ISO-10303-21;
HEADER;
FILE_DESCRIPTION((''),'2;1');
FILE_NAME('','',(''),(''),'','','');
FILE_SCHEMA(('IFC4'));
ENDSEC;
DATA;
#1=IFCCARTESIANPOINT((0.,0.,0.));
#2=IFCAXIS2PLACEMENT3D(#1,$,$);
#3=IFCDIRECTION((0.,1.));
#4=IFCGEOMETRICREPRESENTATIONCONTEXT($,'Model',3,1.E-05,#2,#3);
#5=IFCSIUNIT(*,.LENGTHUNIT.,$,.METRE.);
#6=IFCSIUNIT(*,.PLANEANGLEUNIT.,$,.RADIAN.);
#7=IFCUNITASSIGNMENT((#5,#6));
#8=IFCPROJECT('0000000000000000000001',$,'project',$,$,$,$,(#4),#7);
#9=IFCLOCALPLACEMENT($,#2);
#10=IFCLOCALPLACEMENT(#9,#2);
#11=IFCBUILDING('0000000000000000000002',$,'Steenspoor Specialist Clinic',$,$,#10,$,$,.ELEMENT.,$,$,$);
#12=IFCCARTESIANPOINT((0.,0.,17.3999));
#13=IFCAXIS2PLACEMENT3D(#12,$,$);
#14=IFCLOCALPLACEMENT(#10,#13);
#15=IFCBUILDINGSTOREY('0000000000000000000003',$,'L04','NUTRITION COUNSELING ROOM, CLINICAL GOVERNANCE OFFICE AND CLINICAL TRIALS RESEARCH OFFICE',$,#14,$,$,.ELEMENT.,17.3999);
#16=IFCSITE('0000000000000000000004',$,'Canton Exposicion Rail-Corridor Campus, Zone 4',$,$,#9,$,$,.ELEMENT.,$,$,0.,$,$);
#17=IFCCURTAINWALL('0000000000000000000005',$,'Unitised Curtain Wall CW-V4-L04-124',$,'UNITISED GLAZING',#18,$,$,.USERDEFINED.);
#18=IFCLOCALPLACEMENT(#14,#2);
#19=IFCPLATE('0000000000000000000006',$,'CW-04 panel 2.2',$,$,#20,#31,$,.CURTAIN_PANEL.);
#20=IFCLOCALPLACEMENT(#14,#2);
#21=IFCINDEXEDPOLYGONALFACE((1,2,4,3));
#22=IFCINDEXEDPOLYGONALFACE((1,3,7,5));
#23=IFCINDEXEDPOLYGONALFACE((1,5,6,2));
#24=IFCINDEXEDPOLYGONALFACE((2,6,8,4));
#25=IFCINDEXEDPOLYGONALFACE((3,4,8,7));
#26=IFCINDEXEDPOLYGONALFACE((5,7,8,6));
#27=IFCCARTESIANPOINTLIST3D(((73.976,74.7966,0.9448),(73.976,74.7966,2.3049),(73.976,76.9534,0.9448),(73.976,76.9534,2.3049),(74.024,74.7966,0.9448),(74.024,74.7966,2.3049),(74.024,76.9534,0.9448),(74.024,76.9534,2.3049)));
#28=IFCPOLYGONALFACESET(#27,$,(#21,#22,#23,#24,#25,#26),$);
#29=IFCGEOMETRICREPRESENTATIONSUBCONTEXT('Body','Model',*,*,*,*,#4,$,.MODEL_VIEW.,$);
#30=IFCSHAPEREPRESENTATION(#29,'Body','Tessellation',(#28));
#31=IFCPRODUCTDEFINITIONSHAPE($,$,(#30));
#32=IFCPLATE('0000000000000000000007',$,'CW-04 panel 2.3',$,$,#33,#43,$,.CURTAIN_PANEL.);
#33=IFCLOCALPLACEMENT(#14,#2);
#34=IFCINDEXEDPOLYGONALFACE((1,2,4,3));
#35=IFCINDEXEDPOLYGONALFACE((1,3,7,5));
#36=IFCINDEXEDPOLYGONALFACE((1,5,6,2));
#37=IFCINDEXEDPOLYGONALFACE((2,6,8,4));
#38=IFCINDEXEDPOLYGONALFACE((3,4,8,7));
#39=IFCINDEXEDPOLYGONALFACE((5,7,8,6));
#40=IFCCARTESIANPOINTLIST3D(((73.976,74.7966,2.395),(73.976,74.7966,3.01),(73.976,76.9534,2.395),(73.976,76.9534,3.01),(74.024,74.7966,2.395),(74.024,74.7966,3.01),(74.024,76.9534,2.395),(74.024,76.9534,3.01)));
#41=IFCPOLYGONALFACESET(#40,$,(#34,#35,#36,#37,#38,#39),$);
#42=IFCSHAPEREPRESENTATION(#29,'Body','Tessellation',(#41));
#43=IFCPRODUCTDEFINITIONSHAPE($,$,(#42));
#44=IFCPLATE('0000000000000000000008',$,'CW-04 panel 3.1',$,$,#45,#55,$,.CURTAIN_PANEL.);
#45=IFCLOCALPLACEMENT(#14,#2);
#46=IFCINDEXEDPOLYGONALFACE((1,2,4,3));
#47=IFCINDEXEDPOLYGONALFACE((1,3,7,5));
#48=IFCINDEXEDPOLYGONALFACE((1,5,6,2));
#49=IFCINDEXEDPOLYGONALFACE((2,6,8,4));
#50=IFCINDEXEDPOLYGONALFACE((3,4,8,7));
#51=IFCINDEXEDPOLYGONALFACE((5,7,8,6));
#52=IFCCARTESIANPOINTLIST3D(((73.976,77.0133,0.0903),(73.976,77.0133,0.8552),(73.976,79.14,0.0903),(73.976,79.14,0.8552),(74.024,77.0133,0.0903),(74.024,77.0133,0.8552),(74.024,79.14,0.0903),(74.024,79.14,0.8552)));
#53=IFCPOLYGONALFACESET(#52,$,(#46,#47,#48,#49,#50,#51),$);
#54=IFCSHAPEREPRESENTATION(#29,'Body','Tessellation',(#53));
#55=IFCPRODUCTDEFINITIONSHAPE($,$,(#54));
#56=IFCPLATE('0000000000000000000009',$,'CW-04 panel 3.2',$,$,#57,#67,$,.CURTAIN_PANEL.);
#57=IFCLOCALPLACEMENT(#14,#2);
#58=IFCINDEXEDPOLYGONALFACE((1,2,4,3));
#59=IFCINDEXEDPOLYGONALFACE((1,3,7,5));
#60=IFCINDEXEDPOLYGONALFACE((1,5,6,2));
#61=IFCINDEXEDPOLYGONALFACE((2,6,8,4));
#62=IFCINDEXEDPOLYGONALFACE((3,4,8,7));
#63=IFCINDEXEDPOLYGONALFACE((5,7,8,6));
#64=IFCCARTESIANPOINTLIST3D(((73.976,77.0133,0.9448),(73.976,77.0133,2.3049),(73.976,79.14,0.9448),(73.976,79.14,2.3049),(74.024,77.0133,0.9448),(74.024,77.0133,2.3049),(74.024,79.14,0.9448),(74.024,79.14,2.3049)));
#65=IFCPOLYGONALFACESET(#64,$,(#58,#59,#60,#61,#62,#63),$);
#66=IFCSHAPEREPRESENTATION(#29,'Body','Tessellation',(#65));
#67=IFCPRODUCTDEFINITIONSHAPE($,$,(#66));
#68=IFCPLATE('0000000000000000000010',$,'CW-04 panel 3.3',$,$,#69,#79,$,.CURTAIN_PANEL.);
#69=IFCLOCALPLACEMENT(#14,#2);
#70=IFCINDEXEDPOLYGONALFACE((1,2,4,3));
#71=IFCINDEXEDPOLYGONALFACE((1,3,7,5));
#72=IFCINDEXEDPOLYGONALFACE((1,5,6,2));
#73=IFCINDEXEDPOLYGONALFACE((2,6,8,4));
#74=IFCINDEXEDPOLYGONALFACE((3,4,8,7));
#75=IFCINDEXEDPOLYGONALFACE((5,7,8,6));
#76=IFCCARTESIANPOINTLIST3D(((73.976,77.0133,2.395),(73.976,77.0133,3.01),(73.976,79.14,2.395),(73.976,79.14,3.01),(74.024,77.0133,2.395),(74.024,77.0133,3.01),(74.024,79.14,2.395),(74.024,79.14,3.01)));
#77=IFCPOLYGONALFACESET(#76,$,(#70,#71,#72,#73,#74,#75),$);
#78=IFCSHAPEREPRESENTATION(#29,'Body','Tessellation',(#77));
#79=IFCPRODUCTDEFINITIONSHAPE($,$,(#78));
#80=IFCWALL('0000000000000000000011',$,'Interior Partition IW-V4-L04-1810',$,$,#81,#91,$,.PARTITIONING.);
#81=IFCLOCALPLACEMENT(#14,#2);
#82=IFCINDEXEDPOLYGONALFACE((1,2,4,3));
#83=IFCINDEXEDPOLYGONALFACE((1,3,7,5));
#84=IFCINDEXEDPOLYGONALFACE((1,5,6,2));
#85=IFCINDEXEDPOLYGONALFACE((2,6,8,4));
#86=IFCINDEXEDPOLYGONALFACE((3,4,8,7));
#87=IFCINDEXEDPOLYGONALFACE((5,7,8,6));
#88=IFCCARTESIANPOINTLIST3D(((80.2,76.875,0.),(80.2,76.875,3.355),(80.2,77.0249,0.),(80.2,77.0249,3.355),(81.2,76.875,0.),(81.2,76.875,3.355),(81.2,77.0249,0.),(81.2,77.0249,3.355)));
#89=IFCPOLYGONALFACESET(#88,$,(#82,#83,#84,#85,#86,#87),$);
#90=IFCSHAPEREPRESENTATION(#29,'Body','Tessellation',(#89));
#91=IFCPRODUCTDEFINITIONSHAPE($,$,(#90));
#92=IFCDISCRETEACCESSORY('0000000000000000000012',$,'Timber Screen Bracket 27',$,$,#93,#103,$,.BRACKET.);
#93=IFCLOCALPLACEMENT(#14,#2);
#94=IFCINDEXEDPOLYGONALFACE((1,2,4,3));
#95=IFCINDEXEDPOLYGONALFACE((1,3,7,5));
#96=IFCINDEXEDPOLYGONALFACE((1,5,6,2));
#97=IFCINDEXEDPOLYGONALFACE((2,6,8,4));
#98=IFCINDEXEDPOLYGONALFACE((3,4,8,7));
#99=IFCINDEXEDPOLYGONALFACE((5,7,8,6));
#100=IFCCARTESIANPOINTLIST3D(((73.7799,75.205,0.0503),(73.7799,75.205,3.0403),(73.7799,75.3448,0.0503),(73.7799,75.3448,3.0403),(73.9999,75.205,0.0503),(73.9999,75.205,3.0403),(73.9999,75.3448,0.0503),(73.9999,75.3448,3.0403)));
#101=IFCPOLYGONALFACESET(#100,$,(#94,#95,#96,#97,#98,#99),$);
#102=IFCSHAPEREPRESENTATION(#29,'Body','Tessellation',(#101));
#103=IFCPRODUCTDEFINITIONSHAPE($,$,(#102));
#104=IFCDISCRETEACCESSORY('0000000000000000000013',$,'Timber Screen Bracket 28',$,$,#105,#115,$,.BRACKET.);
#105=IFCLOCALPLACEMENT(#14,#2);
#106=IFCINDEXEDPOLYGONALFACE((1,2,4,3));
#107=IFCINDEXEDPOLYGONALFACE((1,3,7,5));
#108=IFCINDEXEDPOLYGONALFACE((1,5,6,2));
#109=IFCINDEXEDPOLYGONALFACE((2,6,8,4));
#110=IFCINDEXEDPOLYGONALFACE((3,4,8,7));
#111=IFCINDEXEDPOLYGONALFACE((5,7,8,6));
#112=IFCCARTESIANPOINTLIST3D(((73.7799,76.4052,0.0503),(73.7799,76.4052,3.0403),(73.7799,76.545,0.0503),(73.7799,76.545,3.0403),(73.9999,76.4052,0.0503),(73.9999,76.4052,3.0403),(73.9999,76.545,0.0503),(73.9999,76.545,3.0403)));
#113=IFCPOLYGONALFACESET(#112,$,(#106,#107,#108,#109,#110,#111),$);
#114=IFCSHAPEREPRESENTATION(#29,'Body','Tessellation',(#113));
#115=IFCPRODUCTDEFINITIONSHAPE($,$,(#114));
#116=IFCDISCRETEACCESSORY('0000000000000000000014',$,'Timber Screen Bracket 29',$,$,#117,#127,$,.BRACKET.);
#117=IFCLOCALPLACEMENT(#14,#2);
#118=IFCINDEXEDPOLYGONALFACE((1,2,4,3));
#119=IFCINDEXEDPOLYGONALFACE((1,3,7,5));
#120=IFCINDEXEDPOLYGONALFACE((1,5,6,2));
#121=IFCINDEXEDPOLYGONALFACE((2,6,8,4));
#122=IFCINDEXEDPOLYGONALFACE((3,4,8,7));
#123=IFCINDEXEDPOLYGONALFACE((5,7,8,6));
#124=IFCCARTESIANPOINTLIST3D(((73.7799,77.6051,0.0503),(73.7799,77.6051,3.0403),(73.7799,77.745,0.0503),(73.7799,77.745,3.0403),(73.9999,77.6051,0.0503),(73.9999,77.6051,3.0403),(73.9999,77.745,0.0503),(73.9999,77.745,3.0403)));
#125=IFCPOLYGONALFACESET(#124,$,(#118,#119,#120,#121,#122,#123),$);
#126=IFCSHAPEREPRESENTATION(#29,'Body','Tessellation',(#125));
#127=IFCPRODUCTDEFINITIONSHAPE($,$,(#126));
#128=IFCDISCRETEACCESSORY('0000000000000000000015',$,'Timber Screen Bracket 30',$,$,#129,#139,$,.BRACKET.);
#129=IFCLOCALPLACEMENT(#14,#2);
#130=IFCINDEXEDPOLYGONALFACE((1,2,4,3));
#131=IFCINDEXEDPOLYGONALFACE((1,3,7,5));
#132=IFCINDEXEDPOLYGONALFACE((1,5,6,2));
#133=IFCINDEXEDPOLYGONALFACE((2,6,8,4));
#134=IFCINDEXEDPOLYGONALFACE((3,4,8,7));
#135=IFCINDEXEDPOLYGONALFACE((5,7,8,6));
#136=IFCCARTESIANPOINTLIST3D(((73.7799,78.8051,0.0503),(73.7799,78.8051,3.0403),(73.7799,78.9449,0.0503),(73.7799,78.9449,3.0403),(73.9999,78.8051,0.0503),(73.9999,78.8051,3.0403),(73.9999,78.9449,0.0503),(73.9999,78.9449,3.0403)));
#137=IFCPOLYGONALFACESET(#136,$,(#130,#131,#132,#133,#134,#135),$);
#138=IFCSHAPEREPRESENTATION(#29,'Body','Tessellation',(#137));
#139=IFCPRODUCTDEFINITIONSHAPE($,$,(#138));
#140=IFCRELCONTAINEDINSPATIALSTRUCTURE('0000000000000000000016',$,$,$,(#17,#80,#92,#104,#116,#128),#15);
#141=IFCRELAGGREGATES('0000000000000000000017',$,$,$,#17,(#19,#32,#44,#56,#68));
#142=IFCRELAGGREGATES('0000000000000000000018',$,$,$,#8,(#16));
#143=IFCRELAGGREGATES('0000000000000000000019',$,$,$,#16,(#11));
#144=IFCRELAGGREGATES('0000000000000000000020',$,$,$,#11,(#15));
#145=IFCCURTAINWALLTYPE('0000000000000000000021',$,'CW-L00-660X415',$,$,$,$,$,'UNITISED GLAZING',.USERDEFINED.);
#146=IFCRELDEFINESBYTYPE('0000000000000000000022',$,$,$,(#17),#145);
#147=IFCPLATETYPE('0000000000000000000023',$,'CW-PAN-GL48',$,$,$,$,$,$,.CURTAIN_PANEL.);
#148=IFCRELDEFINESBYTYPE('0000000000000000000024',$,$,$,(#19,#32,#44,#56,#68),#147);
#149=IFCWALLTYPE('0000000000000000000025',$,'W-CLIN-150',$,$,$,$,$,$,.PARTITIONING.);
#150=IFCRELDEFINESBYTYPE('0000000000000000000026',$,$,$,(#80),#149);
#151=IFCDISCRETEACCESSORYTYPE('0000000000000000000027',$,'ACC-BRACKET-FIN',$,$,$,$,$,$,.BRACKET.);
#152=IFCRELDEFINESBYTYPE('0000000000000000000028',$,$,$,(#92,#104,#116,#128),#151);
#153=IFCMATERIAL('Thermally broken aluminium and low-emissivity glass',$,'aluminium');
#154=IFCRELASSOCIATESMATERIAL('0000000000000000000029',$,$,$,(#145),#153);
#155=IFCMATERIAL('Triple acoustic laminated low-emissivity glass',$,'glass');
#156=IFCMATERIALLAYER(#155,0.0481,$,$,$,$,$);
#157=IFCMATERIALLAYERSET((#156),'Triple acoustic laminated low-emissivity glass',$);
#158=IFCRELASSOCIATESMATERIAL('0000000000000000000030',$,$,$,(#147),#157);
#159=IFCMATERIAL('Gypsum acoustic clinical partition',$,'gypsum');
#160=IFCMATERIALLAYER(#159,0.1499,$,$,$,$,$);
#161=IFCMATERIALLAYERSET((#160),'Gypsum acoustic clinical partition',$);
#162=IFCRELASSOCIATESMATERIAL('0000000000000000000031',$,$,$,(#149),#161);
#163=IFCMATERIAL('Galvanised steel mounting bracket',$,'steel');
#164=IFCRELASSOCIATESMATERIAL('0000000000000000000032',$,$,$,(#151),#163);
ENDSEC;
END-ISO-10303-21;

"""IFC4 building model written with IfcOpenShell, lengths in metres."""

from ifc_helpers import new_model, si_unit, direction, frame, frame_2d, origin, origin_2d, place, context, subcontext, project, spatial, rectangle, extrude, material, layer, layer_set, type_object, element, aggregate, save


model = new_model("IFC4")

# Units and contexts
model_context = context("Model", 3, precision=1e-05, world=origin(), true_north=direction((0.0, 1.0)))
body_context = subcontext(model_context, "Body", "Model", "MODEL_VIEW")
ifc_project = project(units=[si_unit("LENGTHUNIT", "METRE"), si_unit("PLANEANGLEUNIT", "RADIAN")], contexts=[model_context])

# Site, building, storey
site_placement = place(None, origin())
site = spatial("IfcSite", under=ifc_project, at=site_placement, Name="Canton Exposicion Rail-Corridor Campus, Zone 4", CompositionType="ELEMENT", RefElevation=0.0)
building_placement = place(site_placement, origin())
building = spatial("IfcBuilding", under=site, at=building_placement, Name="Steenspoor Specialist Clinic", CompositionType="ELEMENT")
storey_placement = place(building_placement, frame((0.0, 0.0, 17.3999)))
storey = spatial("IfcBuildingStorey", under=building, at=storey_placement, Name="L04", Description="NUTRITION COUNSELING ROOM, CLINICAL GOVERNANCE OFFICE AND CLINICAL TRIALS RESEARCH OFFICE", CompositionType="ELEMENT", Elevation=17.3999)

# Curtain wall
ifc_material_1 = material(Name="Thermally broken aluminium and low-emissivity glass", Category="aluminium")
curtain_wall_type = type_object("IfcCurtainWallType", Name="CW-L00-660X415", ElementType="UNITISED GLAZING", PredefinedType="USERDEFINED", material=ifc_material_1)
curtain_wall_placement = place(storey_placement, origin())
curtain_wall = element("IfcCurtainWall", 1, at=curtain_wall_placement, inside=storey, type_object=curtain_wall_type, Name="Unitised Curtain Wall CW-V4-L04-124", ObjectType="UNITISED GLAZING", PredefinedType="USERDEFINED")

# Plates
ifc_material_2 = material(Name="Triple acoustic laminated low-emissivity glass", Category="glass")
ifc_layer_1 = layer(ifc_material_2, 0.0481)
ifc_layer_set_1 = layer_set([ifc_layer_1], Name="Triple acoustic laminated low-emissivity glass")
plate_type = type_object("IfcPlateType", Name="CW-PAN-GL48", PredefinedType="CURTAIN_PANEL", material=ifc_layer_set_1)
plate_1_placement = place(storey_placement, frame((74.0, 75.875, 0.9448), z_axis=(0.0, 0.0, 1.0), x_axis=(0.0, 1.0, 0.0)))
plate_1 = element("IfcPlate", 2, at=plate_1_placement, type_object=plate_type, Name="CW-04 panel 2.2", PredefinedType="CURTAIN_PANEL", context=body_context, shape_type="SweptSolid", body=[
    extrude(rectangle(XDim=2.1567, YDim=0.0481, at=origin_2d()), origin(), (0.0, 0.0, 1.0), 1.3601),
])
plate_2_placement = place(storey_placement, frame((74.0, 75.875, 2.395), z_axis=(0.0, 0.0, 1.0), x_axis=(0.0, 1.0, 0.0)))
plate_2 = element("IfcPlate", 3, at=plate_2_placement, type_object=plate_type, Name="CW-04 panel 2.3", PredefinedType="CURTAIN_PANEL", context=body_context, shape_type="SweptSolid", body=[
    extrude(rectangle(XDim=2.1567, YDim=0.0481, at=origin_2d()), origin(), (0.0, 0.0, 1.0), 0.615),
])
plate_3_placement = place(storey_placement, frame((74.0, 78.0767, 0.0903), z_axis=(0.0, 0.0, 1.0), x_axis=(0.0, 1.0, 0.0)))
plate_3 = element("IfcPlate", 4, at=plate_3_placement, type_object=plate_type, Name="CW-04 panel 3.1", PredefinedType="CURTAIN_PANEL", context=body_context, shape_type="SweptSolid", body=[
    extrude(rectangle(XDim=2.1267, YDim=0.0481, at=origin_2d()), origin(), (0.0, 0.0, 1.0), 0.7649),
])
plate_4_placement = place(storey_placement, frame((74.0, 78.0767, 0.9448), z_axis=(0.0, 0.0, 1.0), x_axis=(0.0, 1.0, 0.0)))
plate_4 = element("IfcPlate", 5, at=plate_4_placement, type_object=plate_type, Name="CW-04 panel 3.2", PredefinedType="CURTAIN_PANEL", context=body_context, shape_type="SweptSolid", body=[
    extrude(rectangle(XDim=2.1267, YDim=0.0481, at=origin_2d()), origin(), (0.0, 0.0, 1.0), 1.3601),
])
plate_5_placement = place(storey_placement, frame((74.0, 78.0767, 2.395), z_axis=(0.0, 0.0, 1.0), x_axis=(0.0, 1.0, 0.0)))
plate_5 = element("IfcPlate", 6, at=plate_5_placement, type_object=plate_type, Name="CW-04 panel 3.3", PredefinedType="CURTAIN_PANEL", context=body_context, shape_type="SweptSolid", body=[
    extrude(rectangle(XDim=2.1267, YDim=0.0481, at=origin_2d()), origin(), (0.0, 0.0, 1.0), 0.615),
])
aggregate(curtain_wall, [plate_1, plate_2, plate_3, plate_4, plate_5])

# Wall
ifc_material_3 = material(Name="Gypsum acoustic clinical partition", Category="gypsum")
ifc_layer_2 = layer(ifc_material_3, 0.1499)
ifc_layer_set_2 = layer_set([ifc_layer_2], Name="Gypsum acoustic clinical partition")
wall_type = type_object("IfcWallType", Name="W-CLIN-150", PredefinedType="PARTITIONING", material=ifc_layer_set_2)
wall_placement = place(storey_placement, frame((80.2, 76.95, 0.0), z_axis=(0.0, 0.0, 1.0), x_axis=(1.0, 0.0, 0.0)))
element("IfcWall", 7, at=wall_placement, inside=storey, type_object=wall_type, Name="Interior Partition IW-V4-L04-1810", PredefinedType="PARTITIONING", context=body_context, shape_type="SweptSolid", body=[
    extrude(rectangle(XDim=1.0, YDim=0.1499, at=frame_2d((0.5, 0.0))), origin(), (0.0, 0.0, 1.0), 3.355),
])

# Discrete accessories
ifc_material_4 = material(Name="Galvanised steel mounting bracket", Category="steel")
discrete_accessory_type = type_object("IfcDiscreteAccessoryType", Name="ACC-BRACKET-FIN", PredefinedType="BRACKET", material=ifc_material_4)
for number, where, z_axis, x_axis, name in (
    (8, (73.8899, 75.2749, 0.0503), (0.0, 0.0, 1.0), (-1.0, 0.0, 0.0), "Timber Screen Bracket 27"),
    (9, (73.8899, 76.4751, 0.0503), (0.0, 0.0, 1.0), (-1.0, 0.0, 0.0), "Timber Screen Bracket 28"),
    (10, (73.8899, 77.675, 0.0503), (0.0, 0.0, 1.0), (-1.0, 0.0, 0.0), "Timber Screen Bracket 29"),
    (11, (73.8899, 78.875, 0.0503), (0.0, 0.0, 1.0), (-1.0, 0.0, 0.0), "Timber Screen Bracket 30"),
):
    element("IfcDiscreteAccessory", number, at=place(storey_placement, frame(where, z_axis=z_axis, x_axis=x_axis)), inside=storey, type_object=discrete_accessory_type, Name=name, PredefinedType="BRACKET", context=body_context, shape_type="SweptSolid", body=[
        extrude(rectangle(XDim=0.22, YDim=0.1399, at=origin_2d()), origin(), (0.0, 0.0, 1.0), 2.99),
    ])

save(model, "model.ifc")
